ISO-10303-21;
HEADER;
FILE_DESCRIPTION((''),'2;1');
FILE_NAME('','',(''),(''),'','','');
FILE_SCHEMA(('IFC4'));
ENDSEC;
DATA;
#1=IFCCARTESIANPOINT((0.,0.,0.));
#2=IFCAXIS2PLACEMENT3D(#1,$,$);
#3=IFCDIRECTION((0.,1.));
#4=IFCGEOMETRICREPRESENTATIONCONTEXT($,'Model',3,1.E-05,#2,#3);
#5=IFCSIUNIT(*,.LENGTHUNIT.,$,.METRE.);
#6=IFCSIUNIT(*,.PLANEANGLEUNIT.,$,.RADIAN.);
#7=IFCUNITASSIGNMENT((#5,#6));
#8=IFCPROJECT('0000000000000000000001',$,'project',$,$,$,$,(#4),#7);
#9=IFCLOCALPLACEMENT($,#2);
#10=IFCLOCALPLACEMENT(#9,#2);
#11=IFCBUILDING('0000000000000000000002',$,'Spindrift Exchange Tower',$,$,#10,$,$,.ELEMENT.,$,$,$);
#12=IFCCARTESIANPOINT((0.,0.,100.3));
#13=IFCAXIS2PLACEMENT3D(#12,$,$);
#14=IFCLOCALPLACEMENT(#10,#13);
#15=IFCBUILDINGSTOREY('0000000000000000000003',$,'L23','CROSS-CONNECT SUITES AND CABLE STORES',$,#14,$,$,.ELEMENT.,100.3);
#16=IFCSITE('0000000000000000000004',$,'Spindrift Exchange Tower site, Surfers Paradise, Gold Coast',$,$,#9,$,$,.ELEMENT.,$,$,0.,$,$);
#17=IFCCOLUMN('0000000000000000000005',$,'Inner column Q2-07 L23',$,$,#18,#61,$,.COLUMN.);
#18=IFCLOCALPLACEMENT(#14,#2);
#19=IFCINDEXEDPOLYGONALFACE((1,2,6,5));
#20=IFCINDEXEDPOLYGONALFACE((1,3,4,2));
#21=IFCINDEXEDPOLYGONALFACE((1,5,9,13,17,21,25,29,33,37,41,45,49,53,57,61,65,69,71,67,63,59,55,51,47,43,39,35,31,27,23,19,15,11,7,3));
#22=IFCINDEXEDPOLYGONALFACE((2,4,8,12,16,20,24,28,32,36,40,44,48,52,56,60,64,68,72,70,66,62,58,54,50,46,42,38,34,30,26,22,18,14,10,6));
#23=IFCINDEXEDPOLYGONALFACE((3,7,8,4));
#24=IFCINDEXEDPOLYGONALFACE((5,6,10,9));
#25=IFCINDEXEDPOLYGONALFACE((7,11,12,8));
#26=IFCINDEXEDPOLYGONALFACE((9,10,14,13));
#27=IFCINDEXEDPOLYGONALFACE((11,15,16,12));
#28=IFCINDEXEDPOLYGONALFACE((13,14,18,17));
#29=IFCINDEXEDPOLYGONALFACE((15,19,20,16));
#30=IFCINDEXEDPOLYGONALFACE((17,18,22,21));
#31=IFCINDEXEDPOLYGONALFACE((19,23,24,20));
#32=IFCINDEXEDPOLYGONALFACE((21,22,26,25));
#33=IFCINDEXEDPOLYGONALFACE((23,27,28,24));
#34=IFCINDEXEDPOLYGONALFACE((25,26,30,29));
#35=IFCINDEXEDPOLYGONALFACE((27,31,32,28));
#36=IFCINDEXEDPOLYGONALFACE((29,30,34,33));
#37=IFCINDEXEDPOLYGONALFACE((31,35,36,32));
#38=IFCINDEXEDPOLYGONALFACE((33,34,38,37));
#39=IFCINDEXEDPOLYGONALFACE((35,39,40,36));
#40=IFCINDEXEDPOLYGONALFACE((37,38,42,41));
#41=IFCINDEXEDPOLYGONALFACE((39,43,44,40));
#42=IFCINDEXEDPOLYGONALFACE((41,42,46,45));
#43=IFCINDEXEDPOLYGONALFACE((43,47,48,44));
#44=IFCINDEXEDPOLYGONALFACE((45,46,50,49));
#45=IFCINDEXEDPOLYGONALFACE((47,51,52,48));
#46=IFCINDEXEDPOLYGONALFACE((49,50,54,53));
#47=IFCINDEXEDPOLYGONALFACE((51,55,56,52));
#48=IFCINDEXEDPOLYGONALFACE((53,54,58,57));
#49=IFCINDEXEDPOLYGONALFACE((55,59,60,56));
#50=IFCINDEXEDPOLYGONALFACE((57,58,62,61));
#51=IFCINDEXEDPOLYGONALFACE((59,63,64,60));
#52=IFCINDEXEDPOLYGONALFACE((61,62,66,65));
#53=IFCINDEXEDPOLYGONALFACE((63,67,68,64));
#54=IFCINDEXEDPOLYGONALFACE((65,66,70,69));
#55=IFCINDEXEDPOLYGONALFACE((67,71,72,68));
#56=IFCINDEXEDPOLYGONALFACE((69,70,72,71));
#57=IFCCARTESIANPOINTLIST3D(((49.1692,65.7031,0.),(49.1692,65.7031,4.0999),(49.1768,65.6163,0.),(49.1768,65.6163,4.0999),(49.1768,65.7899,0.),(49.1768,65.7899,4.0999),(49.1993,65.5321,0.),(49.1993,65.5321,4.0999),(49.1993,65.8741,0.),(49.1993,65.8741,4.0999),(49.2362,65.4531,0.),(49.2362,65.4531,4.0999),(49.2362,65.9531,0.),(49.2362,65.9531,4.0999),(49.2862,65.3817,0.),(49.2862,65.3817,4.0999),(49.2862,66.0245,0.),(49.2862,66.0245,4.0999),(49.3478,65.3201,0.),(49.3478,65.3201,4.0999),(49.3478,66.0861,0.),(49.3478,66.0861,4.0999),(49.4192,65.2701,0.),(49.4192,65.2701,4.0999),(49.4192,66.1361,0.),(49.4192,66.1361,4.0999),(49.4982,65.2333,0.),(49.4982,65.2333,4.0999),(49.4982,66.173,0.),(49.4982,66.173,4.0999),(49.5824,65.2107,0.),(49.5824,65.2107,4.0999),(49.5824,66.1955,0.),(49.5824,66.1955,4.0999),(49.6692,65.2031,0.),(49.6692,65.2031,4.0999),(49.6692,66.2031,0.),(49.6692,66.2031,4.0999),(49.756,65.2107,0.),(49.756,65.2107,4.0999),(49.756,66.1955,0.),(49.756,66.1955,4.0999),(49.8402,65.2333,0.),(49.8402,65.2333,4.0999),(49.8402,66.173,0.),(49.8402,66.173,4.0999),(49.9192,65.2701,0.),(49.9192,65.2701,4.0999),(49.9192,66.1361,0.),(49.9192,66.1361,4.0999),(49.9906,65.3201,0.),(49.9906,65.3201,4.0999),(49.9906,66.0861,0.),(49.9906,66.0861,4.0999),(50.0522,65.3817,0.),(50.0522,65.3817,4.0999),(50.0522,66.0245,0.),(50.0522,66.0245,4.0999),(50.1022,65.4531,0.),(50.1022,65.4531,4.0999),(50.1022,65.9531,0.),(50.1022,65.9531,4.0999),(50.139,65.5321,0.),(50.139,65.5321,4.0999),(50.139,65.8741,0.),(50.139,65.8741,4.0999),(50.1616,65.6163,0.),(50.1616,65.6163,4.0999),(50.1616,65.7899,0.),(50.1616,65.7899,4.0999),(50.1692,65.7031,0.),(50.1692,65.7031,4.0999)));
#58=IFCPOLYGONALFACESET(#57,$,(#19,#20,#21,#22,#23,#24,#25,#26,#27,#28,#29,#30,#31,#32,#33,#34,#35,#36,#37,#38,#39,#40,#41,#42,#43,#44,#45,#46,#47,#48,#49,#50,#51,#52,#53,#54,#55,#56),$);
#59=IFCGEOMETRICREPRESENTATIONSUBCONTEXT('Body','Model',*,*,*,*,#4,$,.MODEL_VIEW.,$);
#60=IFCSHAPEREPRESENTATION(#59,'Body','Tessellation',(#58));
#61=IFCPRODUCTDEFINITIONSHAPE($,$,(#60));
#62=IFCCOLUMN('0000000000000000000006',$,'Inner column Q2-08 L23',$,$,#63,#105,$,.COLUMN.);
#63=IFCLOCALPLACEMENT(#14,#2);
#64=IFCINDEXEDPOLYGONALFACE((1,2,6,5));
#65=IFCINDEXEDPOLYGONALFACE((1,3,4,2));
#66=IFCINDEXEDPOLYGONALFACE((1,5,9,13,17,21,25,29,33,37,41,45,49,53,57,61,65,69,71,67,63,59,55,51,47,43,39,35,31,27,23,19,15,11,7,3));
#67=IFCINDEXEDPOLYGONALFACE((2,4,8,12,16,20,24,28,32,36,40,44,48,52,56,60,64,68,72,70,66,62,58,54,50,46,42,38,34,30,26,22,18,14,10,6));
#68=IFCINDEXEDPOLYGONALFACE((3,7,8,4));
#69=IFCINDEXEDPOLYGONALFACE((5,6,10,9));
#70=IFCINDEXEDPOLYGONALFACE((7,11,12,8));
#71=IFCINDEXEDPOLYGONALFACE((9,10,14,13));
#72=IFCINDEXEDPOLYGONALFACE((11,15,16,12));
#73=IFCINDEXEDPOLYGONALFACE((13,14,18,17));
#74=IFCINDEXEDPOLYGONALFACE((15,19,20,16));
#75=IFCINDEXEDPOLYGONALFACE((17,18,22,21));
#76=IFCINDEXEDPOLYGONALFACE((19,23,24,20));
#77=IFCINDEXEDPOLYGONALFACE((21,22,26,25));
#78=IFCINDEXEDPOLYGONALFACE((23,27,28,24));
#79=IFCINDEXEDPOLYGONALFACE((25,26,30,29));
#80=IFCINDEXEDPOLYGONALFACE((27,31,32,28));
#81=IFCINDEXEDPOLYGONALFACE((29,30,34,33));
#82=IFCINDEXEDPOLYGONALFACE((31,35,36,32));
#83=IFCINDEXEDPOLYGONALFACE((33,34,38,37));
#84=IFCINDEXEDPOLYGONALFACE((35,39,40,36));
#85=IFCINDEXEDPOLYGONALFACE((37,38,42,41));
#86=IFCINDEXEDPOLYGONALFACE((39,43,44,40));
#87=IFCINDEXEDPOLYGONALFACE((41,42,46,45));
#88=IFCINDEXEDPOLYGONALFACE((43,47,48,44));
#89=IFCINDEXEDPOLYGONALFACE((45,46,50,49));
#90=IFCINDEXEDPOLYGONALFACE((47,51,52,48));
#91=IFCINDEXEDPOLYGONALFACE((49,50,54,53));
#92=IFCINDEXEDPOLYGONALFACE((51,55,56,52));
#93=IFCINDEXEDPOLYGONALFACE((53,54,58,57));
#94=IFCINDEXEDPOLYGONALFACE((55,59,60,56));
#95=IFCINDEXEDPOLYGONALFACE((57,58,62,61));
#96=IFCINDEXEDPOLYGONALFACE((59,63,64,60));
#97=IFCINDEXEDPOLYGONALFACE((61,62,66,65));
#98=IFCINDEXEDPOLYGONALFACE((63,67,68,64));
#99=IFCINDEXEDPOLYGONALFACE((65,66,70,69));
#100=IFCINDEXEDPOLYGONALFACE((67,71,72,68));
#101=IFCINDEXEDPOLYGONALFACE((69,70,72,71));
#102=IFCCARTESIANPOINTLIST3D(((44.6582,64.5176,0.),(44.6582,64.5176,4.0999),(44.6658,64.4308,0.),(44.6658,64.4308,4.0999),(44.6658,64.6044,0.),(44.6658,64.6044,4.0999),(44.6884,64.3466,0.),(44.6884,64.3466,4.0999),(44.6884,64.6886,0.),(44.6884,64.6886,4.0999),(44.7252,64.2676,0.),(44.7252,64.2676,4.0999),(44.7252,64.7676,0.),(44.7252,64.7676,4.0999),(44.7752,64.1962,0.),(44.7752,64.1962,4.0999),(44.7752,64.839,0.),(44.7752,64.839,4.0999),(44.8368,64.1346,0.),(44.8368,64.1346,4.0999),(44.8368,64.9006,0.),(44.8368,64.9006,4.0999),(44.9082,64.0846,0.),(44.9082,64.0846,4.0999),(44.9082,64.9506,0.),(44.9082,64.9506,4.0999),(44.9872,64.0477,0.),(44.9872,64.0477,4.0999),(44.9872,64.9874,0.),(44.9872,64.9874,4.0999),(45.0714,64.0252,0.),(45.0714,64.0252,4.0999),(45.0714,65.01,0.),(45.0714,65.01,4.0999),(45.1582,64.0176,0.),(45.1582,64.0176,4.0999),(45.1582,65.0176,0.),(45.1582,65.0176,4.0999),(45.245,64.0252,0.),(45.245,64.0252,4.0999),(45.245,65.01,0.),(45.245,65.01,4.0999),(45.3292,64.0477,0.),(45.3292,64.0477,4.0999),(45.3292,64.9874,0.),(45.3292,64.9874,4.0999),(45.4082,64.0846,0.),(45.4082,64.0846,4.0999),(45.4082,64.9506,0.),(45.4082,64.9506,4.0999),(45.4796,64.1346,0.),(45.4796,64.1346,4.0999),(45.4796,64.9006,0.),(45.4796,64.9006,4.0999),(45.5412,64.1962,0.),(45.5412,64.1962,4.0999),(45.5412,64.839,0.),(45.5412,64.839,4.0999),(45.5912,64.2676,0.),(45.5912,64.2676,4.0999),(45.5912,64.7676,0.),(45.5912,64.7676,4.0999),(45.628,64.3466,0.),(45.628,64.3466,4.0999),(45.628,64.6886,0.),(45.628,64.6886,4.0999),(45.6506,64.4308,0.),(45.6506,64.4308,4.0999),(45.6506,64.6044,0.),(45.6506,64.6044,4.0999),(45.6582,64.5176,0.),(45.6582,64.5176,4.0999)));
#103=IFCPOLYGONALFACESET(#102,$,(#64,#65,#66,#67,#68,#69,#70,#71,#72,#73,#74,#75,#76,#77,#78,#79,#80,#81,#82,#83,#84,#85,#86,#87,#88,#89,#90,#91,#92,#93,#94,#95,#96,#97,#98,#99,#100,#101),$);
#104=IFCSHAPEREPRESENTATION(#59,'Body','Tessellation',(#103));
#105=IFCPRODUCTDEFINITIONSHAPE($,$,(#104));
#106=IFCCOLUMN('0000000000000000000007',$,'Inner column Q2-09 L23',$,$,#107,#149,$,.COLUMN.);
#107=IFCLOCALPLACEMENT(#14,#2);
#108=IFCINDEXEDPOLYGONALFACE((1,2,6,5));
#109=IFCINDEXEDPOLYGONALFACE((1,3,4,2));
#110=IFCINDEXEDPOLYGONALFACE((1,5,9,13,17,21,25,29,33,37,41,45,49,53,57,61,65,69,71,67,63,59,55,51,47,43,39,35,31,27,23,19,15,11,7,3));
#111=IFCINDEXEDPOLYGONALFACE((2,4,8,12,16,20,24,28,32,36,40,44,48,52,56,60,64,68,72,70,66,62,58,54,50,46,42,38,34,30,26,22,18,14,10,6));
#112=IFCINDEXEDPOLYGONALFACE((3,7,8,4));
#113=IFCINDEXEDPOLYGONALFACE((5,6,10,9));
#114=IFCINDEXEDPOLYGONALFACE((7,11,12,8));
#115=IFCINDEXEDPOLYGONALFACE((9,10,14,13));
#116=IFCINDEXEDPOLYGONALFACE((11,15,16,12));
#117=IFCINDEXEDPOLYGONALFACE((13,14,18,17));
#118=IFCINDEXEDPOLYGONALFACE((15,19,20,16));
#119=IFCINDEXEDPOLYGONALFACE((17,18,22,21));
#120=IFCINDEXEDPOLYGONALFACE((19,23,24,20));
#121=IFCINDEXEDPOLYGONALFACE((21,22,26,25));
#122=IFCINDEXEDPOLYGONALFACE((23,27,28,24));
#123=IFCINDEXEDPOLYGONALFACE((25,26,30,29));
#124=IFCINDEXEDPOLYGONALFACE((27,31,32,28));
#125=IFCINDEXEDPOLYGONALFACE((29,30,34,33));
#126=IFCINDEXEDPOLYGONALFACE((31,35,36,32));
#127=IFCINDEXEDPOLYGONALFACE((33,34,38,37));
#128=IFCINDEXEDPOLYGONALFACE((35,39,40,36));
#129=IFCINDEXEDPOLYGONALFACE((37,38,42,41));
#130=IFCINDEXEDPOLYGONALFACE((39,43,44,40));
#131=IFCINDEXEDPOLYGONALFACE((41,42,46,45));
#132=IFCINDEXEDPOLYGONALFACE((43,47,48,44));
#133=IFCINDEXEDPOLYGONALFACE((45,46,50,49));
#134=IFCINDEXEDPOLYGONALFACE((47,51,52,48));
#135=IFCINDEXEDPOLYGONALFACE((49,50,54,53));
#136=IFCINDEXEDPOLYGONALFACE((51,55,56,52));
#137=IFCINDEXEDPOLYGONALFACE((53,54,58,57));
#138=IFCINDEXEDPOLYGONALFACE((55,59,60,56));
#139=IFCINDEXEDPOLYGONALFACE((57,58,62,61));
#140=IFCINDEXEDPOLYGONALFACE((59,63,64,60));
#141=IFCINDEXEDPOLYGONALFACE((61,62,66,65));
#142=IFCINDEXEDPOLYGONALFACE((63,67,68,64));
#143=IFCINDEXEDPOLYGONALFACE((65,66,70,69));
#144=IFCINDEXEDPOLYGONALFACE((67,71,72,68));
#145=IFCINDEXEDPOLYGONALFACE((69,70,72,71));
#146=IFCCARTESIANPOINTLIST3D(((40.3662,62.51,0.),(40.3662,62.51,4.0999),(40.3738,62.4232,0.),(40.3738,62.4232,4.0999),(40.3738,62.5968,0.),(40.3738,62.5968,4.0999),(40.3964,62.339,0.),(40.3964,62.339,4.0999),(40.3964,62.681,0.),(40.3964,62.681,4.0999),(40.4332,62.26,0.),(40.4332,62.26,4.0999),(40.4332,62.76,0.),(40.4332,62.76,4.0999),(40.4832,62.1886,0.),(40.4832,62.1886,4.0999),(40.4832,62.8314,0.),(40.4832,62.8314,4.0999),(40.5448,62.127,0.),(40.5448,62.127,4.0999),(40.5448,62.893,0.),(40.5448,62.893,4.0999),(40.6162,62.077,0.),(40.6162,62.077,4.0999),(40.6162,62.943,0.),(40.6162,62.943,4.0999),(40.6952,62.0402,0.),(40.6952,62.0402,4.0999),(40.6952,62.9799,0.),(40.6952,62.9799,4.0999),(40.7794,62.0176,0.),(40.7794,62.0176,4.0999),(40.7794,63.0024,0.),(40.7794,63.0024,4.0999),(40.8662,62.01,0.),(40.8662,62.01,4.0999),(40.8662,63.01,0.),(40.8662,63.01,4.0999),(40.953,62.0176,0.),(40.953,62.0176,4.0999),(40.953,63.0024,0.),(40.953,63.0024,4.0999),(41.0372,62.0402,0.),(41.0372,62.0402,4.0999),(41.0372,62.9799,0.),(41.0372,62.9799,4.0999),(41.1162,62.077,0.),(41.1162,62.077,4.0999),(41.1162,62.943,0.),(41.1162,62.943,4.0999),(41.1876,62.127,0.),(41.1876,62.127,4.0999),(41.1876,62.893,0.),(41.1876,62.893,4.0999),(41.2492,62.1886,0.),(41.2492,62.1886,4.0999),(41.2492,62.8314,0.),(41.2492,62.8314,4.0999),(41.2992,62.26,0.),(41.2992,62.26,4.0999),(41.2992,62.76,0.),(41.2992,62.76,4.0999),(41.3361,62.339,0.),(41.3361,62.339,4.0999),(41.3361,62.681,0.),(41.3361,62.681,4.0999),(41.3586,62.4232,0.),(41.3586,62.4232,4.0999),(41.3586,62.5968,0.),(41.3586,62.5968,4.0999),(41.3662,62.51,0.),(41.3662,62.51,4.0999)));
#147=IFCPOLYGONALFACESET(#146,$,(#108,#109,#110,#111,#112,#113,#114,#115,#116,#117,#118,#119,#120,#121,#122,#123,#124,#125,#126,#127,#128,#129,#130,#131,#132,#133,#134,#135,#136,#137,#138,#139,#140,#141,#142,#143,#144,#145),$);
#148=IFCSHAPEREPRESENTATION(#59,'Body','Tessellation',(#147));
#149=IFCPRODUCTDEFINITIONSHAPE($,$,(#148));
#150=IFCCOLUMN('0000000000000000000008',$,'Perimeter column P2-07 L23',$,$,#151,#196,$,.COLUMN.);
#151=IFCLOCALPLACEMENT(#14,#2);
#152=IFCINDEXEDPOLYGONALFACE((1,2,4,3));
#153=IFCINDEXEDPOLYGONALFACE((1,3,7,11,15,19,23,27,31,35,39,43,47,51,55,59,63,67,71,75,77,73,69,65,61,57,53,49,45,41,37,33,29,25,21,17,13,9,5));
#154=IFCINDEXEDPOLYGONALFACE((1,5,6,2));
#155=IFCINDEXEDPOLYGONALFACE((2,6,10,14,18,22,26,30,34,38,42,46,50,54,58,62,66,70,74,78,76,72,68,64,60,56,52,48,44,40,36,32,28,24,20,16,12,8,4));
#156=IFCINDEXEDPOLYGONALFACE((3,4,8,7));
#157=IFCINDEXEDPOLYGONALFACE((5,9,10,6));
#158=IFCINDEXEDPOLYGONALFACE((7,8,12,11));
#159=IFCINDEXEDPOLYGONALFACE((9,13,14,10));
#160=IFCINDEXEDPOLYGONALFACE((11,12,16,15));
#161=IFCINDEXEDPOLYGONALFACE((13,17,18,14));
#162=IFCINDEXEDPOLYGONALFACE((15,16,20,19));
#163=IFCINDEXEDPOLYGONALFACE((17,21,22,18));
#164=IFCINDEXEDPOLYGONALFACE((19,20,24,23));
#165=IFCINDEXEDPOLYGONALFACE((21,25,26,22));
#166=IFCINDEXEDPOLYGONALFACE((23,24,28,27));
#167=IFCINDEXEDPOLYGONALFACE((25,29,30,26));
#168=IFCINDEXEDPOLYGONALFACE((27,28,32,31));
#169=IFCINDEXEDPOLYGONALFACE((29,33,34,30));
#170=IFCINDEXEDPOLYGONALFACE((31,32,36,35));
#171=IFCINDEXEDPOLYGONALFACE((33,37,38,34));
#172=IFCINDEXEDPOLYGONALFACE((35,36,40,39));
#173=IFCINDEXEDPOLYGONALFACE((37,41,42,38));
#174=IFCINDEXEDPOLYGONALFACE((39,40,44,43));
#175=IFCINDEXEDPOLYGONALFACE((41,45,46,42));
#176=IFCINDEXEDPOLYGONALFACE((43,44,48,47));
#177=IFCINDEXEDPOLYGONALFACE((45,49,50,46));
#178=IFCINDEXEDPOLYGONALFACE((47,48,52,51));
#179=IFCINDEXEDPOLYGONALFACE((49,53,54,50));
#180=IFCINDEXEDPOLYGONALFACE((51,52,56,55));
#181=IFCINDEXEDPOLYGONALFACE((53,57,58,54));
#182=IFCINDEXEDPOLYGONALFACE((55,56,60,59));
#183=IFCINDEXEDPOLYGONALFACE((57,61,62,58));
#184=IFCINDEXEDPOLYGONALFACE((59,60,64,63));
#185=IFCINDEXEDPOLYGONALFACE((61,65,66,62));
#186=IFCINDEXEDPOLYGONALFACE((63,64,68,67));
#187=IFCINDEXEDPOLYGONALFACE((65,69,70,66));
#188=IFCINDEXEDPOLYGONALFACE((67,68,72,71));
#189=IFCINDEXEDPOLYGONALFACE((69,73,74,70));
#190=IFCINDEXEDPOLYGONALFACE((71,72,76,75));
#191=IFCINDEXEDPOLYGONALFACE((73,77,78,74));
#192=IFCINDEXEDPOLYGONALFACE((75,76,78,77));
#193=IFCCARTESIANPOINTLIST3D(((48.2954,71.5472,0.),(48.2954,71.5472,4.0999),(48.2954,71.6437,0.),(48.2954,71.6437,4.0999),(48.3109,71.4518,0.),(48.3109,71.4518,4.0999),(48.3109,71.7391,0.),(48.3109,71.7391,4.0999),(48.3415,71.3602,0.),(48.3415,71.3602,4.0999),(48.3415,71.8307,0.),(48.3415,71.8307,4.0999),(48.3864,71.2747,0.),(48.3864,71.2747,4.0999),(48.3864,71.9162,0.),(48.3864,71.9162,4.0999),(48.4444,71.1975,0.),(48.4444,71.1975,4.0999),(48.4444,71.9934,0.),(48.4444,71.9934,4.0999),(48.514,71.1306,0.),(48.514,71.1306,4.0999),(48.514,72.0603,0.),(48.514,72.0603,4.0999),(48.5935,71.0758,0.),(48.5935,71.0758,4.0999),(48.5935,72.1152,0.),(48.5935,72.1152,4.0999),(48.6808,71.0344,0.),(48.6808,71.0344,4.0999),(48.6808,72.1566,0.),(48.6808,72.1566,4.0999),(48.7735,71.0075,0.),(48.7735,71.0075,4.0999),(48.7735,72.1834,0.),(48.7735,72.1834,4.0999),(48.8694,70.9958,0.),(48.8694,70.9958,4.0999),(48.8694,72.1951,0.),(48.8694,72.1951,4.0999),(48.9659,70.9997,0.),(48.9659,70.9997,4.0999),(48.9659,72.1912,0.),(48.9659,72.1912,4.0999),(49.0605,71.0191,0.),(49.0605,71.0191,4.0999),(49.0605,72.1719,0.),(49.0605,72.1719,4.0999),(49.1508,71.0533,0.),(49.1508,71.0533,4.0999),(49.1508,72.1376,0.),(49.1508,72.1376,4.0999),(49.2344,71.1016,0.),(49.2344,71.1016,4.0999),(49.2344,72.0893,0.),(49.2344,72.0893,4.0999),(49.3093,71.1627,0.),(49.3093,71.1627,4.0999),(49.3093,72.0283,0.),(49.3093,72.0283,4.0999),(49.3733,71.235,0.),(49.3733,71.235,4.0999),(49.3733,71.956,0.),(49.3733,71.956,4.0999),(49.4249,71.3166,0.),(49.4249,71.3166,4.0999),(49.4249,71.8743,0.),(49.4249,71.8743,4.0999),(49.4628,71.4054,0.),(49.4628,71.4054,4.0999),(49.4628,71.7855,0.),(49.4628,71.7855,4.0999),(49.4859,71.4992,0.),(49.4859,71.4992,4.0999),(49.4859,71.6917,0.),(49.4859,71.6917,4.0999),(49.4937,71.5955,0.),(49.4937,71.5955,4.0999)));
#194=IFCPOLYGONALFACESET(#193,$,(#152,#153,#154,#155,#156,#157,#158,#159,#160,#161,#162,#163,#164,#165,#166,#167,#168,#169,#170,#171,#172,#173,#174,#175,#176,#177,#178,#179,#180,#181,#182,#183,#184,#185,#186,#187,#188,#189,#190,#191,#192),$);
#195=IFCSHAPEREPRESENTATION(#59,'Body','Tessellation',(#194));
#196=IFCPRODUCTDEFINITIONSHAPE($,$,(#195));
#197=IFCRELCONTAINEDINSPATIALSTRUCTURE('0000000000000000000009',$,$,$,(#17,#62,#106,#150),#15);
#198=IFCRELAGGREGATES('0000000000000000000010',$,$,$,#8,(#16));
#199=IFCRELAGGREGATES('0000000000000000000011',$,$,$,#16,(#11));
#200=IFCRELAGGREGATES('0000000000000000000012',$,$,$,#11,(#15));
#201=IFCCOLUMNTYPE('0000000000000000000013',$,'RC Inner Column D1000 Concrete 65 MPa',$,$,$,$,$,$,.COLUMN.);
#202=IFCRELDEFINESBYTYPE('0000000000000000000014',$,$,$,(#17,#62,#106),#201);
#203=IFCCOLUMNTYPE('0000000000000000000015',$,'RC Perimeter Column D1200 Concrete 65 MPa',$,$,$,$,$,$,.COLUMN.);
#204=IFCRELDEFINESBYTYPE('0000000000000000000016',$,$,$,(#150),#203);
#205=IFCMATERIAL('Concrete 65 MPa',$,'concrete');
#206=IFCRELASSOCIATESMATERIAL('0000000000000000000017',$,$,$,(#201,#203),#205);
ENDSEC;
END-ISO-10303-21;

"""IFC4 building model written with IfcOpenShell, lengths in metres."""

from ifc_helpers import new_model, si_unit, direction, frame, origin, origin_2d, place, context, subcontext, project, spatial, circle, extrude, source, transform, mapped, material, material_profile, profile_set, type_object, element, save


model = new_model("IFC4")

# Units and contexts
model_context = context("Model", 3, precision=1e-05, world=origin(), true_north=direction((0.0, 1.0)))
body_context = subcontext(model_context, "Body", "Model", "MODEL_VIEW")
ifc_project = project(units=[si_unit("LENGTHUNIT", "METRE"), si_unit("PLANEANGLEUNIT", "RADIAN")], contexts=[model_context])

# Site, building, storey
site_placement = place(None, origin())
site = spatial("IfcSite", under=ifc_project, at=site_placement, Name="Spindrift Exchange Tower site, Surfers Paradise, Gold Coast", CompositionType="ELEMENT", RefElevation=0.0)
building_placement = place(site_placement, origin())
building = spatial("IfcBuilding", under=site, at=building_placement, Name="Spindrift Exchange Tower", CompositionType="ELEMENT")
storey_placement = place(building_placement, frame((0.0, 0.0, 100.3)))
storey = spatial("IfcBuildingStorey", under=building, at=storey_placement, Name="L23", Description="CROSS-CONNECT SUITES AND CABLE STORES", CompositionType="ELEMENT", Elevation=100.3)

# Columns
ifc_material_1 = material(Name="Concrete 65 MPa", Category="concrete")
ifc_material_profile_1 = material_profile(ifc_material_1, circle(Radius=0.5, at=origin_2d()), Name="RC D1000")
ifc_profile_set_1 = profile_set([ifc_material_profile_1], Name="Concrete 65 MPa")
column_type_1 = type_object("IfcColumnType", Name="RC Inner Column D1000 Concrete 65 MPa", PredefinedType="COLUMN", material=ifc_profile_set_1)
shared_shape_1 = source(origin(), body_context, "Body", "SweptSolid", [
    extrude(circle(Radius=0.5, at=origin_2d()), origin(), (0.0, 0.0, 1.0), 4.0999),
])
for number, where, z_axis, x_axis, name in (
    (1, (49.6692, 65.7031, 0.0), (0.0, 0.0, 1.0), (1.0, 0.0, 0.0), "Inner column Q2-07 L23"),
    (2, (45.1582, 64.5176, 0.0), (0.0, 0.0, 1.0), (1.0, 0.0, 0.0), "Inner column Q2-08 L23"),
    (3, (40.8662, 62.51, 0.0), (0.0, 0.0, 1.0), (1.0, 0.0, 0.0), "Inner column Q2-09 L23"),
):
    element("IfcColumn", number, at=place(storey_placement, frame(where, z_axis=z_axis, x_axis=x_axis)), inside=storey, type_object=column_type_1, Name=name, PredefinedType="COLUMN", context=body_context, shape_type="MappedRepresentation", body=[
        mapped(shared_shape_1, transform((0.0, 0.0, 0.0), scale=1.0)),
    ])
ifc_material_profile_2 = material_profile(ifc_material_1, circle(Radius=0.6001, at=origin_2d()), Name="RC D1200")
ifc_profile_set_2 = profile_set([ifc_material_profile_2], Name="Concrete 65 MPa")
column_type_2 = type_object("IfcColumnType", Name="RC Perimeter Column D1200 Concrete 65 MPa", PredefinedType="COLUMN", material=ifc_profile_set_2)
shared_shape_2 = source(origin(), body_context, "Body", "SweptSolid", [
    extrude(circle(Radius=0.6001, at=origin_2d()), origin(), (0.0, 0.0, 1.0), 4.0999),
])
for number, where, z_axis, x_axis, name in (
    (4, (48.8936, 71.5955, 0.0), (0.0, 0.0, 1.0), (1.0, 0.0, 0.0), "Perimeter column P2-07 L23"),
):
    element("IfcColumn", number, at=place(storey_placement, frame(where, z_axis=z_axis, x_axis=x_axis)), inside=storey, type_object=column_type_2, Name=name, PredefinedType="COLUMN", context=body_context, shape_type="MappedRepresentation", body=[
        mapped(shared_shape_2, transform((0.0, 0.0, 0.0), scale=1.0)),
    ])

save(model, "model.ifc")
